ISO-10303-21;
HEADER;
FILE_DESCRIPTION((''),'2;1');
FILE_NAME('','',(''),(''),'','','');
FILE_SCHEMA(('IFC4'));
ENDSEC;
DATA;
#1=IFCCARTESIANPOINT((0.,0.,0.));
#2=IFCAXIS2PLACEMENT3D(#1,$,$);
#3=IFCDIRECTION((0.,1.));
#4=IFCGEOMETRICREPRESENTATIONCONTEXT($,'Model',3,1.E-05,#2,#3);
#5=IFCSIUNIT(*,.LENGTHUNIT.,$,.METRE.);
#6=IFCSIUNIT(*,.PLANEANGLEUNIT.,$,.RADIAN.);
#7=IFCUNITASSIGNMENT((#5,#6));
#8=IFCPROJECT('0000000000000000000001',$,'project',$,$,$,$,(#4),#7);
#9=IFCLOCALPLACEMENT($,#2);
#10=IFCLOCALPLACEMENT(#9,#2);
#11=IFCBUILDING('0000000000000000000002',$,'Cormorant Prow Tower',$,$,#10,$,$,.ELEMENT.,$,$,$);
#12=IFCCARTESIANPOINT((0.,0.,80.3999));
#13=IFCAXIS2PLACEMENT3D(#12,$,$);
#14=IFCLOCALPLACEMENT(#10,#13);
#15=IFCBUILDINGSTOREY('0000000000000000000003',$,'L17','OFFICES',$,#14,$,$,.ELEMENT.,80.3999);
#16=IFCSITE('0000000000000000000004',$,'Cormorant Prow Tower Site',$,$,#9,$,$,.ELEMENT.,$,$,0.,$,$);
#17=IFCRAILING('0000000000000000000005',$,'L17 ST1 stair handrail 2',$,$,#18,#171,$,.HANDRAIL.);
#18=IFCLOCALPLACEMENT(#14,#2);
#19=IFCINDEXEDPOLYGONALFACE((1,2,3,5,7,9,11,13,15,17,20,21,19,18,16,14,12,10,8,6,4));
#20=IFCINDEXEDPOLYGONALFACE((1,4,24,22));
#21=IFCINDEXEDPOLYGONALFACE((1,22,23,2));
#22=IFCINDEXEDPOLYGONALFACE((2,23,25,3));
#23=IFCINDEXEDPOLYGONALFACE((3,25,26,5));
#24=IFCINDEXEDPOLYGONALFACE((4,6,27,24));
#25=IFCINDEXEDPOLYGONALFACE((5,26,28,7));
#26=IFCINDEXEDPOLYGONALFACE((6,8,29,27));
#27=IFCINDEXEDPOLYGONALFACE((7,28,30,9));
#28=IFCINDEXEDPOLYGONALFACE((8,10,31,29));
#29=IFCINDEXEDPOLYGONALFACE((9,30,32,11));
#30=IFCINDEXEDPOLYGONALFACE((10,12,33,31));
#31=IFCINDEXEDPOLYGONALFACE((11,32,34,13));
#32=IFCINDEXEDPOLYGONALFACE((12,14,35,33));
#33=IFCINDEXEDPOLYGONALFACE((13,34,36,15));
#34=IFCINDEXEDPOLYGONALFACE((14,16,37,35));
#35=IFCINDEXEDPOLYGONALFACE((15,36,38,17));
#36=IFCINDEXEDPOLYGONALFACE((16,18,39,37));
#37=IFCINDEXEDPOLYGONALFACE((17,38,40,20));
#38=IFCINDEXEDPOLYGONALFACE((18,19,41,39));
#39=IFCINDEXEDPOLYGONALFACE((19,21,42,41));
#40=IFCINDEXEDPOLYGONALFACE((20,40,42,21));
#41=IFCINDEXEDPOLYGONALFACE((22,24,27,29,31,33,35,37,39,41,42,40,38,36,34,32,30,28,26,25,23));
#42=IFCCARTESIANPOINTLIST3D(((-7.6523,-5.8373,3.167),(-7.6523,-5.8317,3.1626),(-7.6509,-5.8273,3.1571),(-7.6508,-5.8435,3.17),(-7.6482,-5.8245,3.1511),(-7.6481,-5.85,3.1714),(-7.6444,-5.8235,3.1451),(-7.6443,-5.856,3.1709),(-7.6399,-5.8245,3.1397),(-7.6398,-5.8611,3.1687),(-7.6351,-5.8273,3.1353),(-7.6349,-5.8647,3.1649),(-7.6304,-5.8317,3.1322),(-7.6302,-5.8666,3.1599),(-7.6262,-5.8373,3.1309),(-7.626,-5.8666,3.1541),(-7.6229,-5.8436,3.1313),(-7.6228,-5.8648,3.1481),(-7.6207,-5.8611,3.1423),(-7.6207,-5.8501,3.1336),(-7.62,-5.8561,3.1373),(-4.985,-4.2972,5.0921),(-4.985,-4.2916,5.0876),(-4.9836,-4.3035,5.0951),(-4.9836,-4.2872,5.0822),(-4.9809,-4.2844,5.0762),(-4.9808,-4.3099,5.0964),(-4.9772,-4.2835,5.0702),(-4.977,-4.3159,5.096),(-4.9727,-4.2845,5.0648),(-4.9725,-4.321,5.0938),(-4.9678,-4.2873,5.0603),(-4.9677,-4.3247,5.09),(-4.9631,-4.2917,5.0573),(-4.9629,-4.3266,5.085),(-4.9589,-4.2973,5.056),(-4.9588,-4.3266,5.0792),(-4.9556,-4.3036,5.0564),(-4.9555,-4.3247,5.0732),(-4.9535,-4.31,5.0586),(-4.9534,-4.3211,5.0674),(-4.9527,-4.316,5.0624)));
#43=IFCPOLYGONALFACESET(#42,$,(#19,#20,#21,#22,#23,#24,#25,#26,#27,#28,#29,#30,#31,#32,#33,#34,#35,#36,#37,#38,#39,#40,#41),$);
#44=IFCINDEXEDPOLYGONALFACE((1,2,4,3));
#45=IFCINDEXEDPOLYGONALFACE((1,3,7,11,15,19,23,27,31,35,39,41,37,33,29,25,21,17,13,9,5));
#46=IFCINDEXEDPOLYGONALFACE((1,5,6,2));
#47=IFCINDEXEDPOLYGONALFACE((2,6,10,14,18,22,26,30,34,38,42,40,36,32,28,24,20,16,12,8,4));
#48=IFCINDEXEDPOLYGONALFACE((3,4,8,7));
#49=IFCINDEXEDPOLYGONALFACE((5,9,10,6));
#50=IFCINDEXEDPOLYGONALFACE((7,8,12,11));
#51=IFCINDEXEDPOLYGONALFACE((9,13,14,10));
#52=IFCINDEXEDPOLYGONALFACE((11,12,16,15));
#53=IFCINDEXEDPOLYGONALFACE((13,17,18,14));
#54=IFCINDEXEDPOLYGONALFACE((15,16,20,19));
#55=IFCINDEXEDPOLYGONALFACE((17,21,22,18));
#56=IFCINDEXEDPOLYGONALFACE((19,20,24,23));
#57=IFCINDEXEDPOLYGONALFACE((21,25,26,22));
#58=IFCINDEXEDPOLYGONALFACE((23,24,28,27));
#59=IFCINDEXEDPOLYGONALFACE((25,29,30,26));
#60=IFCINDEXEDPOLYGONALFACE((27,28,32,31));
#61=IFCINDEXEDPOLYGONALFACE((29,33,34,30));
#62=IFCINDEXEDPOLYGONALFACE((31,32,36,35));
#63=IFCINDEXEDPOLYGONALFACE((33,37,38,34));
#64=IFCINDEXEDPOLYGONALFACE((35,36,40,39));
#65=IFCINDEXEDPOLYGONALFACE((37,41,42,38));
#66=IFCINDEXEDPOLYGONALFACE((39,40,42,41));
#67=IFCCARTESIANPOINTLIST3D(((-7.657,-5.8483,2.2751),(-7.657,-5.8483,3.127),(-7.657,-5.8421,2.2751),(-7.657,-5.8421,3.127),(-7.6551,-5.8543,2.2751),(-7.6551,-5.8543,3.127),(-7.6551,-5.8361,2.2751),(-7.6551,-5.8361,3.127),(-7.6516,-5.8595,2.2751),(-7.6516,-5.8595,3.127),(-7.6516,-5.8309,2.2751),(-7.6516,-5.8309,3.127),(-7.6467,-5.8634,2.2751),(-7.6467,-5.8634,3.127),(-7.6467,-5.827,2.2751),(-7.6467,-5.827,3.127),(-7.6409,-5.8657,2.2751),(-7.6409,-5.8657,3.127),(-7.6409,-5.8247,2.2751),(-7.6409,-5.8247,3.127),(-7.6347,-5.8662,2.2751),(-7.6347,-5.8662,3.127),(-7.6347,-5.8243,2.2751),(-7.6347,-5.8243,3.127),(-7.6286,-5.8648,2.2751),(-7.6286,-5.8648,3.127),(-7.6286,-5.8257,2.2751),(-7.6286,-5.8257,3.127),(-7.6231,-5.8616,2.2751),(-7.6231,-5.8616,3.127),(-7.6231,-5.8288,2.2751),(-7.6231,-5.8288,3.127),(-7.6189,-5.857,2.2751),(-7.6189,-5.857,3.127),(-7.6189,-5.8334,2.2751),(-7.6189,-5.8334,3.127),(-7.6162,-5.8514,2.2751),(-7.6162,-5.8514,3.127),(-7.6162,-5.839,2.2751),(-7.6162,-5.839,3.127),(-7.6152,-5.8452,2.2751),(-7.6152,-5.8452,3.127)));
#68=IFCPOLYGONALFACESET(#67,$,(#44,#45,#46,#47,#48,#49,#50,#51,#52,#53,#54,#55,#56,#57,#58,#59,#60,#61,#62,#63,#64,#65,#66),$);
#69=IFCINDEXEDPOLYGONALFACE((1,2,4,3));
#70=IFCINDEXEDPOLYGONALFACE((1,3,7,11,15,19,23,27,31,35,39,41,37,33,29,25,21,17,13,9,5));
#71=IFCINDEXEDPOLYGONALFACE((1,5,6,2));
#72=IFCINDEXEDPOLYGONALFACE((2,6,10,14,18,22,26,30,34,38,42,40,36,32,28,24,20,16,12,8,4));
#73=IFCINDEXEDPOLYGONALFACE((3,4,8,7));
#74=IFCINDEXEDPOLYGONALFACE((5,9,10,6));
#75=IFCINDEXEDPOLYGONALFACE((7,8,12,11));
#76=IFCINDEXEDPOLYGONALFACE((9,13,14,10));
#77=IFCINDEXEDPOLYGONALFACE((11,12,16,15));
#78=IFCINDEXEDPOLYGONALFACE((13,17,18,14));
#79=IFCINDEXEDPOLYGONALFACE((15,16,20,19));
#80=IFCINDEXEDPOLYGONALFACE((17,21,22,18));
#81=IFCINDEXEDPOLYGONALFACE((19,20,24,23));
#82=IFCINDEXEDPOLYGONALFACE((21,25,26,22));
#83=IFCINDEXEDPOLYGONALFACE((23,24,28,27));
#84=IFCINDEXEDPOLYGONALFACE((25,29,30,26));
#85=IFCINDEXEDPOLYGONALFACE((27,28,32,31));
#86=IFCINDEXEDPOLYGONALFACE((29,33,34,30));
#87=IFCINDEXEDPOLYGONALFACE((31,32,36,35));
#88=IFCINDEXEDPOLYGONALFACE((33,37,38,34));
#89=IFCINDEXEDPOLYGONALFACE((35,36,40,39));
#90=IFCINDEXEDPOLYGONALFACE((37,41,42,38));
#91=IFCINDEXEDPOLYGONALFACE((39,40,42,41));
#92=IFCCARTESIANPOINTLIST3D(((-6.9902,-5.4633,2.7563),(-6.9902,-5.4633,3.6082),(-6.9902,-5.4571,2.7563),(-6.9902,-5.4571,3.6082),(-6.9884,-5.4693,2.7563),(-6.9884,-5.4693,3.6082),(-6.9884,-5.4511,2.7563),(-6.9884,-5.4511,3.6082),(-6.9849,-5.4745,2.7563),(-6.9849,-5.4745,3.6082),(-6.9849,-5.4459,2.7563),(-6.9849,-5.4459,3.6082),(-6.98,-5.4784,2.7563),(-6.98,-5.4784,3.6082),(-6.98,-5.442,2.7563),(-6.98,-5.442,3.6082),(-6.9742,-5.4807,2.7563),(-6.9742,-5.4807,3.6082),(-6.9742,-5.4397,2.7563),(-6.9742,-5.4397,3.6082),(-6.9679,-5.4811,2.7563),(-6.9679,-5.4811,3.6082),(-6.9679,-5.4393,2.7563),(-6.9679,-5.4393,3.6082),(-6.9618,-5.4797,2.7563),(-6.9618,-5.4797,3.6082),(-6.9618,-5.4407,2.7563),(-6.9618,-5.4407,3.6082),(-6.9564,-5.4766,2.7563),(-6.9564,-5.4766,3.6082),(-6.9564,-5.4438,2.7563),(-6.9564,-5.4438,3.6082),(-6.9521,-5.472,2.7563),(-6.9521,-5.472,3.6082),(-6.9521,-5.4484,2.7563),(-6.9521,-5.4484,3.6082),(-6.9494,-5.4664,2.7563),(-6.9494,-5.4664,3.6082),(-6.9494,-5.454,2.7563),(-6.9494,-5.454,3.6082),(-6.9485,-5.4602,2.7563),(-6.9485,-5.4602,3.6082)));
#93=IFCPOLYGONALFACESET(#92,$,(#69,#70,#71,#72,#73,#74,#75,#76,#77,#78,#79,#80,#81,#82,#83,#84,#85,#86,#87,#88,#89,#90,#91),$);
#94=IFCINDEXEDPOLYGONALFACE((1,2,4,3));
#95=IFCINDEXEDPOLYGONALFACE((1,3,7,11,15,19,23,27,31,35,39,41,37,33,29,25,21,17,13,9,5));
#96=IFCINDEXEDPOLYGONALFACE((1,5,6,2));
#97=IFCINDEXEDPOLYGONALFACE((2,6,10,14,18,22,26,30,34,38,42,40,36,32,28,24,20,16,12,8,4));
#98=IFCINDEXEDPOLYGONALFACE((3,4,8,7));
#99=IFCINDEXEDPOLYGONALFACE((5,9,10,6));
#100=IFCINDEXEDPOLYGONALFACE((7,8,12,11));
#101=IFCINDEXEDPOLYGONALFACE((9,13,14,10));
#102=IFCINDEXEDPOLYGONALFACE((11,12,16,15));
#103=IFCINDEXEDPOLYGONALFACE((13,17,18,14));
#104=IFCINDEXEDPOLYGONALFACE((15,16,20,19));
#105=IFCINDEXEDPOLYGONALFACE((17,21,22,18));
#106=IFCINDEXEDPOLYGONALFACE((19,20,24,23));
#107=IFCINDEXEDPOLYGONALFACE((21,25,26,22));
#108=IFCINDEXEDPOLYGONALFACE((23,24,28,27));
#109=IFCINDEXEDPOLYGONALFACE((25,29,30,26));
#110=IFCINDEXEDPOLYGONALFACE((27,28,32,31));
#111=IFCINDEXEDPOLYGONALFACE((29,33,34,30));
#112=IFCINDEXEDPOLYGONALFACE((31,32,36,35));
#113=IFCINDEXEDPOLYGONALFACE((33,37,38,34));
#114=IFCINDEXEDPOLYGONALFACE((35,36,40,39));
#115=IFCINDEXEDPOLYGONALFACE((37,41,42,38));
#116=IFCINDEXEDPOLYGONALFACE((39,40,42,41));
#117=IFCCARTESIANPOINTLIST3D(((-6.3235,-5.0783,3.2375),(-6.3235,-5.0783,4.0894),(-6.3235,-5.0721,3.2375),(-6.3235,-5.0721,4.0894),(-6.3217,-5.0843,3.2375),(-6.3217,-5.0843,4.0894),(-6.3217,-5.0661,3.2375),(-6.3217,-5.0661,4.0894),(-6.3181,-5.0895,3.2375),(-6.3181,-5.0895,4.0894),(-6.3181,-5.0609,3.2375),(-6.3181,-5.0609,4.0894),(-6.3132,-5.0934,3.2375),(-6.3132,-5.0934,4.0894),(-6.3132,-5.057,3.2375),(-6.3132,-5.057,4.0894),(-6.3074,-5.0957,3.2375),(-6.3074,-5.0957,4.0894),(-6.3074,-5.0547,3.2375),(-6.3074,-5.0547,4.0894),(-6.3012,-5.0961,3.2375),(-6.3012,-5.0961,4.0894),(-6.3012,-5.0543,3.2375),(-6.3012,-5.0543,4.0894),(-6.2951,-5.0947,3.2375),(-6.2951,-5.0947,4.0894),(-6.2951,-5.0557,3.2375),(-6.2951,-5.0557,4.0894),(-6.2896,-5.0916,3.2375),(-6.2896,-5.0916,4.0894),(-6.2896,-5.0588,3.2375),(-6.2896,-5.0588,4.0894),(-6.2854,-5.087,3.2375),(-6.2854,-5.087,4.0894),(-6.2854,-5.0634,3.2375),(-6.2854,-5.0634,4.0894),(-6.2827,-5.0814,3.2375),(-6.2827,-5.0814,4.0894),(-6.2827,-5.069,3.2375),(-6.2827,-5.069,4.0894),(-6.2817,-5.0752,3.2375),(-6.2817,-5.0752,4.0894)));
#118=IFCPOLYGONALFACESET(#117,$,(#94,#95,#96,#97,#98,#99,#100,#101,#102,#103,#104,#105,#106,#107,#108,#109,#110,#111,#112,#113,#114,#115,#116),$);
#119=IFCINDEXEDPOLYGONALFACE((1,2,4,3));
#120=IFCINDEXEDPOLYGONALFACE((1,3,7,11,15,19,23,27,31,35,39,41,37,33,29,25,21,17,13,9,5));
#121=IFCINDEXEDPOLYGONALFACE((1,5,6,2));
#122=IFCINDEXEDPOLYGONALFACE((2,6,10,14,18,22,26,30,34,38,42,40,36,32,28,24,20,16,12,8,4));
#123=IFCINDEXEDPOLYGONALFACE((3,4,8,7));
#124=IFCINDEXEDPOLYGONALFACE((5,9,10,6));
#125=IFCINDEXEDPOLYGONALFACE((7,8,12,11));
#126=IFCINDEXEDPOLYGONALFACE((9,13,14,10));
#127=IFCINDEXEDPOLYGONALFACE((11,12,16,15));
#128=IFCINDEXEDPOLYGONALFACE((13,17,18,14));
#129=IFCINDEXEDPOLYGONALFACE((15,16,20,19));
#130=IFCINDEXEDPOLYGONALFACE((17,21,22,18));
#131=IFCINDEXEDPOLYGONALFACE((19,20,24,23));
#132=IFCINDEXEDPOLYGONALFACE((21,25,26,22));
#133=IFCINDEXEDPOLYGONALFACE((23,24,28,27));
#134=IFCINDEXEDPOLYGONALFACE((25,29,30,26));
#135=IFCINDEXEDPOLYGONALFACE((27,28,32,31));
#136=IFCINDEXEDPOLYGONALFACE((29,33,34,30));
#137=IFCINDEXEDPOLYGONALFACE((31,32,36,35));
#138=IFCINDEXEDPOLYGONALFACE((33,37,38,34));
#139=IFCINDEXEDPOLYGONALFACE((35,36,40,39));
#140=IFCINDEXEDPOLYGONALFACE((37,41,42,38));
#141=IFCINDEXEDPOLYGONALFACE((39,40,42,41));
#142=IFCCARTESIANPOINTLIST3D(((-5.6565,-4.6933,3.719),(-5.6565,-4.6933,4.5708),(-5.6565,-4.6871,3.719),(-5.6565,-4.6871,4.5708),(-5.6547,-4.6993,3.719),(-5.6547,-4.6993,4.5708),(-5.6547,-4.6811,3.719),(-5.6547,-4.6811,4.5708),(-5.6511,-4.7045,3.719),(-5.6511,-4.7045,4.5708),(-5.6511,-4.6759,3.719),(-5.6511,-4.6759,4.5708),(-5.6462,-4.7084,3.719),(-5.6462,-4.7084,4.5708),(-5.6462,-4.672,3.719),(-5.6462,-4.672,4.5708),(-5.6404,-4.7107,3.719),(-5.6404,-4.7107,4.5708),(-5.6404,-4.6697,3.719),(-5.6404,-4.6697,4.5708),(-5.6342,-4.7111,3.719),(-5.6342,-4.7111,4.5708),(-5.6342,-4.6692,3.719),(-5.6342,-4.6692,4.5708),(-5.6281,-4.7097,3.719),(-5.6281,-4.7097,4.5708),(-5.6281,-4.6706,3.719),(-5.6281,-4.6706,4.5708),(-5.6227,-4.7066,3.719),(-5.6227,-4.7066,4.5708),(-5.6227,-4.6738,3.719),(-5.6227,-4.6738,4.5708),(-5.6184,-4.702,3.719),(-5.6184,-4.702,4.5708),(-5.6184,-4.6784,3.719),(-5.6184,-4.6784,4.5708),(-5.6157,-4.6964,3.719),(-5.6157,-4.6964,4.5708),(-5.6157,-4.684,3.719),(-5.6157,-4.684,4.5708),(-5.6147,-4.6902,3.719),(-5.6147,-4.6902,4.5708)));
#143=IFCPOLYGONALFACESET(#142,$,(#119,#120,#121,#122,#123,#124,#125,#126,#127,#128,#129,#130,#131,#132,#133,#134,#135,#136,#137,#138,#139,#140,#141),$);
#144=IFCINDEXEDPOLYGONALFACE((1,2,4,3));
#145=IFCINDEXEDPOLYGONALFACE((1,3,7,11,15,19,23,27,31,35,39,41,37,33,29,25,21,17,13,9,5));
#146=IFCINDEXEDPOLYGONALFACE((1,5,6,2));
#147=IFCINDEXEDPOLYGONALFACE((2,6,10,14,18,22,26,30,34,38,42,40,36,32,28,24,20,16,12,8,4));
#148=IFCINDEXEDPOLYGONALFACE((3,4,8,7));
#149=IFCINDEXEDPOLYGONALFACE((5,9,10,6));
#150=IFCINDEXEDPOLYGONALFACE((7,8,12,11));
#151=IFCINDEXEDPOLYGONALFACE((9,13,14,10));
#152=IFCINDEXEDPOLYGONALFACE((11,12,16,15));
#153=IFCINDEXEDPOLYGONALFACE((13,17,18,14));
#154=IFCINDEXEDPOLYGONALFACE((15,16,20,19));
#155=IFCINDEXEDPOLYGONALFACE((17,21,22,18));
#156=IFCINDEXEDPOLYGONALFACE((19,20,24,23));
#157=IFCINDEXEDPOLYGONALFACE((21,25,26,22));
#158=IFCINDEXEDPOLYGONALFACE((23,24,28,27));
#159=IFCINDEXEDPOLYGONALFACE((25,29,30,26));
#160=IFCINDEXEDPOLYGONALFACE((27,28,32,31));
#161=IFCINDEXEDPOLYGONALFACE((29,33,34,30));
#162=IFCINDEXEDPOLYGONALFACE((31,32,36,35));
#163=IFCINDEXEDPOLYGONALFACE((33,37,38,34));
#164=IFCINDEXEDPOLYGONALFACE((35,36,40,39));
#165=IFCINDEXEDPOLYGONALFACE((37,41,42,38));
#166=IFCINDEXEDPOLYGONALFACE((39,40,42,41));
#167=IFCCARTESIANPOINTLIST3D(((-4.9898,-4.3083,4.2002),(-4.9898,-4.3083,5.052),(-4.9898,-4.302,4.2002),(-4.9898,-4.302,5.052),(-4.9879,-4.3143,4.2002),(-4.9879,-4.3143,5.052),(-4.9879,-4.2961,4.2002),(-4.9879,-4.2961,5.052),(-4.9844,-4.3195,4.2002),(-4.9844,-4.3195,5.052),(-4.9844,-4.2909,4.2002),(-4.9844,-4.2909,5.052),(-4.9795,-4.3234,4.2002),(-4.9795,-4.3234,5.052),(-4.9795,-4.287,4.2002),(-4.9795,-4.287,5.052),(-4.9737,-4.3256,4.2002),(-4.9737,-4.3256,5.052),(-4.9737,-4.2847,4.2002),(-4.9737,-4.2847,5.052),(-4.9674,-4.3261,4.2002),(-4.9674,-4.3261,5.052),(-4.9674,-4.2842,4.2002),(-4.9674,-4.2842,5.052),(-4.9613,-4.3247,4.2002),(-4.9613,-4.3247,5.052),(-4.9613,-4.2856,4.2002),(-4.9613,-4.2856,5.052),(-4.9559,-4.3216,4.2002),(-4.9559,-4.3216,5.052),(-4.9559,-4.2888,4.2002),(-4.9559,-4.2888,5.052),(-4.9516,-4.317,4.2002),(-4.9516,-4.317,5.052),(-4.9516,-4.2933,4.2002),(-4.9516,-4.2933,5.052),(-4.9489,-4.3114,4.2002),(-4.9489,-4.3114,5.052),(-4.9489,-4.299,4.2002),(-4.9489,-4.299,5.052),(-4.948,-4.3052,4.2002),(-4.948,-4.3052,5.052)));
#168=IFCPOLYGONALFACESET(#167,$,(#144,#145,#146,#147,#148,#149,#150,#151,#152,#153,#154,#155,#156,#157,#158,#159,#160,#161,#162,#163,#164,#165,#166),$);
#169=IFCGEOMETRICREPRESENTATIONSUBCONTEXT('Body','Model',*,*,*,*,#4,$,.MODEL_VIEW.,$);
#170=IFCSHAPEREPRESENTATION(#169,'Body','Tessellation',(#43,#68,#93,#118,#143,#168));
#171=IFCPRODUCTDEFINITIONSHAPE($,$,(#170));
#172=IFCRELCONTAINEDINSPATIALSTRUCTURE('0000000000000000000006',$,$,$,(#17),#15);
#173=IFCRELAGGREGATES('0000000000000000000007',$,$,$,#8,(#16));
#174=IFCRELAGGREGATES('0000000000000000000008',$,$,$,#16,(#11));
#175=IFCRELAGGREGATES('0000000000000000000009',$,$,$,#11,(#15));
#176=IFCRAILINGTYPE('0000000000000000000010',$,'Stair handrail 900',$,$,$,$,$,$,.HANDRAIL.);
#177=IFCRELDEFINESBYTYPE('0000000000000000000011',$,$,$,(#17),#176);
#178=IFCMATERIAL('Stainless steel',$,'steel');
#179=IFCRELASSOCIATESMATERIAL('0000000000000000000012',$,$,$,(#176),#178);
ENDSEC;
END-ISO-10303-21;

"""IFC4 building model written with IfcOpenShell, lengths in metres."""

from ifc_helpers import new_model, si_unit, direction, frame, origin, origin_2d, place, context, subcontext, project, spatial, circle, extrude, material, type_object, element, save


model = new_model("IFC4")

# Units and contexts
model_context = context("Model", 3, precision=1e-05, world=origin(), true_north=direction((0.0, 1.0)))
body_context = subcontext(model_context, "Body", "Model", "MODEL_VIEW")
ifc_project = project(units=[si_unit("LENGTHUNIT", "METRE"), si_unit("PLANEANGLEUNIT", "RADIAN")], contexts=[model_context])

# Site, building, storey
site_placement = place(None, origin())
site = spatial("IfcSite", under=ifc_project, at=site_placement, Name="Cormorant Prow Tower Site", CompositionType="ELEMENT", RefElevation=0.0)
building_placement = place(site_placement, origin())
building = spatial("IfcBuilding", under=site, at=building_placement, Name="Cormorant Prow Tower", CompositionType="ELEMENT")
storey_placement = place(building_placement, frame((0.0, 0.0, 80.3999)))
storey = spatial("IfcBuildingStorey", under=building, at=storey_placement, Name="L17", Description="OFFICES", CompositionType="ELEMENT", Elevation=80.3999)

# Railing
ifc_material_1 = material(Name="Stainless steel", Category="steel")
railing_type_1 = type_object("IfcRailingType", Name="Stair handrail 900", PredefinedType="HANDRAIL", material=ifc_material_1)
railing_1_placement = place(storey_placement, frame((-7.6362, -5.8452, 2.2751)))
element("IfcRailing", 1, at=railing_1_placement, inside=storey, type_object=railing_type_1, Name="L17 ST1 stair handrail 2", PredefinedType="HANDRAIL", context=body_context, shape_type="SweptSolid", body=[
    extrude(circle(Radius=0.0239, at=origin_2d()), frame((0.0, 0.0, 0.876), z_axis=(0.734364, 0.424015, 0.530019), x_axis=(-0.500027, 0.86601, 0.0)), (0.0, 0.0, 1.0), 3.6321),
    extrude(circle(Radius=0.021, at=origin_2d()), origin(), (0.0, 0.0, 1.0), 0.8518),
    extrude(circle(Radius=0.021, at=origin_2d()), frame((0.6667, 0.385, 0.4812)), (0.0, 0.0, 1.0), 0.8518),
    extrude(circle(Radius=0.021, at=origin_2d()), frame((1.3335, 0.77, 0.9624)), (0.0, 0.0, 1.0), 0.8518),
    extrude(circle(Radius=0.021, at=origin_2d()), frame((2.0005, 1.155, 1.4438)), (0.0, 0.0, 1.0), 0.8518),
    extrude(circle(Radius=0.021, at=origin_2d()), frame((2.6672, 1.54, 1.925)), (0.0, 0.0, 1.0), 0.8518),
])

save(model, "model.ifc")
